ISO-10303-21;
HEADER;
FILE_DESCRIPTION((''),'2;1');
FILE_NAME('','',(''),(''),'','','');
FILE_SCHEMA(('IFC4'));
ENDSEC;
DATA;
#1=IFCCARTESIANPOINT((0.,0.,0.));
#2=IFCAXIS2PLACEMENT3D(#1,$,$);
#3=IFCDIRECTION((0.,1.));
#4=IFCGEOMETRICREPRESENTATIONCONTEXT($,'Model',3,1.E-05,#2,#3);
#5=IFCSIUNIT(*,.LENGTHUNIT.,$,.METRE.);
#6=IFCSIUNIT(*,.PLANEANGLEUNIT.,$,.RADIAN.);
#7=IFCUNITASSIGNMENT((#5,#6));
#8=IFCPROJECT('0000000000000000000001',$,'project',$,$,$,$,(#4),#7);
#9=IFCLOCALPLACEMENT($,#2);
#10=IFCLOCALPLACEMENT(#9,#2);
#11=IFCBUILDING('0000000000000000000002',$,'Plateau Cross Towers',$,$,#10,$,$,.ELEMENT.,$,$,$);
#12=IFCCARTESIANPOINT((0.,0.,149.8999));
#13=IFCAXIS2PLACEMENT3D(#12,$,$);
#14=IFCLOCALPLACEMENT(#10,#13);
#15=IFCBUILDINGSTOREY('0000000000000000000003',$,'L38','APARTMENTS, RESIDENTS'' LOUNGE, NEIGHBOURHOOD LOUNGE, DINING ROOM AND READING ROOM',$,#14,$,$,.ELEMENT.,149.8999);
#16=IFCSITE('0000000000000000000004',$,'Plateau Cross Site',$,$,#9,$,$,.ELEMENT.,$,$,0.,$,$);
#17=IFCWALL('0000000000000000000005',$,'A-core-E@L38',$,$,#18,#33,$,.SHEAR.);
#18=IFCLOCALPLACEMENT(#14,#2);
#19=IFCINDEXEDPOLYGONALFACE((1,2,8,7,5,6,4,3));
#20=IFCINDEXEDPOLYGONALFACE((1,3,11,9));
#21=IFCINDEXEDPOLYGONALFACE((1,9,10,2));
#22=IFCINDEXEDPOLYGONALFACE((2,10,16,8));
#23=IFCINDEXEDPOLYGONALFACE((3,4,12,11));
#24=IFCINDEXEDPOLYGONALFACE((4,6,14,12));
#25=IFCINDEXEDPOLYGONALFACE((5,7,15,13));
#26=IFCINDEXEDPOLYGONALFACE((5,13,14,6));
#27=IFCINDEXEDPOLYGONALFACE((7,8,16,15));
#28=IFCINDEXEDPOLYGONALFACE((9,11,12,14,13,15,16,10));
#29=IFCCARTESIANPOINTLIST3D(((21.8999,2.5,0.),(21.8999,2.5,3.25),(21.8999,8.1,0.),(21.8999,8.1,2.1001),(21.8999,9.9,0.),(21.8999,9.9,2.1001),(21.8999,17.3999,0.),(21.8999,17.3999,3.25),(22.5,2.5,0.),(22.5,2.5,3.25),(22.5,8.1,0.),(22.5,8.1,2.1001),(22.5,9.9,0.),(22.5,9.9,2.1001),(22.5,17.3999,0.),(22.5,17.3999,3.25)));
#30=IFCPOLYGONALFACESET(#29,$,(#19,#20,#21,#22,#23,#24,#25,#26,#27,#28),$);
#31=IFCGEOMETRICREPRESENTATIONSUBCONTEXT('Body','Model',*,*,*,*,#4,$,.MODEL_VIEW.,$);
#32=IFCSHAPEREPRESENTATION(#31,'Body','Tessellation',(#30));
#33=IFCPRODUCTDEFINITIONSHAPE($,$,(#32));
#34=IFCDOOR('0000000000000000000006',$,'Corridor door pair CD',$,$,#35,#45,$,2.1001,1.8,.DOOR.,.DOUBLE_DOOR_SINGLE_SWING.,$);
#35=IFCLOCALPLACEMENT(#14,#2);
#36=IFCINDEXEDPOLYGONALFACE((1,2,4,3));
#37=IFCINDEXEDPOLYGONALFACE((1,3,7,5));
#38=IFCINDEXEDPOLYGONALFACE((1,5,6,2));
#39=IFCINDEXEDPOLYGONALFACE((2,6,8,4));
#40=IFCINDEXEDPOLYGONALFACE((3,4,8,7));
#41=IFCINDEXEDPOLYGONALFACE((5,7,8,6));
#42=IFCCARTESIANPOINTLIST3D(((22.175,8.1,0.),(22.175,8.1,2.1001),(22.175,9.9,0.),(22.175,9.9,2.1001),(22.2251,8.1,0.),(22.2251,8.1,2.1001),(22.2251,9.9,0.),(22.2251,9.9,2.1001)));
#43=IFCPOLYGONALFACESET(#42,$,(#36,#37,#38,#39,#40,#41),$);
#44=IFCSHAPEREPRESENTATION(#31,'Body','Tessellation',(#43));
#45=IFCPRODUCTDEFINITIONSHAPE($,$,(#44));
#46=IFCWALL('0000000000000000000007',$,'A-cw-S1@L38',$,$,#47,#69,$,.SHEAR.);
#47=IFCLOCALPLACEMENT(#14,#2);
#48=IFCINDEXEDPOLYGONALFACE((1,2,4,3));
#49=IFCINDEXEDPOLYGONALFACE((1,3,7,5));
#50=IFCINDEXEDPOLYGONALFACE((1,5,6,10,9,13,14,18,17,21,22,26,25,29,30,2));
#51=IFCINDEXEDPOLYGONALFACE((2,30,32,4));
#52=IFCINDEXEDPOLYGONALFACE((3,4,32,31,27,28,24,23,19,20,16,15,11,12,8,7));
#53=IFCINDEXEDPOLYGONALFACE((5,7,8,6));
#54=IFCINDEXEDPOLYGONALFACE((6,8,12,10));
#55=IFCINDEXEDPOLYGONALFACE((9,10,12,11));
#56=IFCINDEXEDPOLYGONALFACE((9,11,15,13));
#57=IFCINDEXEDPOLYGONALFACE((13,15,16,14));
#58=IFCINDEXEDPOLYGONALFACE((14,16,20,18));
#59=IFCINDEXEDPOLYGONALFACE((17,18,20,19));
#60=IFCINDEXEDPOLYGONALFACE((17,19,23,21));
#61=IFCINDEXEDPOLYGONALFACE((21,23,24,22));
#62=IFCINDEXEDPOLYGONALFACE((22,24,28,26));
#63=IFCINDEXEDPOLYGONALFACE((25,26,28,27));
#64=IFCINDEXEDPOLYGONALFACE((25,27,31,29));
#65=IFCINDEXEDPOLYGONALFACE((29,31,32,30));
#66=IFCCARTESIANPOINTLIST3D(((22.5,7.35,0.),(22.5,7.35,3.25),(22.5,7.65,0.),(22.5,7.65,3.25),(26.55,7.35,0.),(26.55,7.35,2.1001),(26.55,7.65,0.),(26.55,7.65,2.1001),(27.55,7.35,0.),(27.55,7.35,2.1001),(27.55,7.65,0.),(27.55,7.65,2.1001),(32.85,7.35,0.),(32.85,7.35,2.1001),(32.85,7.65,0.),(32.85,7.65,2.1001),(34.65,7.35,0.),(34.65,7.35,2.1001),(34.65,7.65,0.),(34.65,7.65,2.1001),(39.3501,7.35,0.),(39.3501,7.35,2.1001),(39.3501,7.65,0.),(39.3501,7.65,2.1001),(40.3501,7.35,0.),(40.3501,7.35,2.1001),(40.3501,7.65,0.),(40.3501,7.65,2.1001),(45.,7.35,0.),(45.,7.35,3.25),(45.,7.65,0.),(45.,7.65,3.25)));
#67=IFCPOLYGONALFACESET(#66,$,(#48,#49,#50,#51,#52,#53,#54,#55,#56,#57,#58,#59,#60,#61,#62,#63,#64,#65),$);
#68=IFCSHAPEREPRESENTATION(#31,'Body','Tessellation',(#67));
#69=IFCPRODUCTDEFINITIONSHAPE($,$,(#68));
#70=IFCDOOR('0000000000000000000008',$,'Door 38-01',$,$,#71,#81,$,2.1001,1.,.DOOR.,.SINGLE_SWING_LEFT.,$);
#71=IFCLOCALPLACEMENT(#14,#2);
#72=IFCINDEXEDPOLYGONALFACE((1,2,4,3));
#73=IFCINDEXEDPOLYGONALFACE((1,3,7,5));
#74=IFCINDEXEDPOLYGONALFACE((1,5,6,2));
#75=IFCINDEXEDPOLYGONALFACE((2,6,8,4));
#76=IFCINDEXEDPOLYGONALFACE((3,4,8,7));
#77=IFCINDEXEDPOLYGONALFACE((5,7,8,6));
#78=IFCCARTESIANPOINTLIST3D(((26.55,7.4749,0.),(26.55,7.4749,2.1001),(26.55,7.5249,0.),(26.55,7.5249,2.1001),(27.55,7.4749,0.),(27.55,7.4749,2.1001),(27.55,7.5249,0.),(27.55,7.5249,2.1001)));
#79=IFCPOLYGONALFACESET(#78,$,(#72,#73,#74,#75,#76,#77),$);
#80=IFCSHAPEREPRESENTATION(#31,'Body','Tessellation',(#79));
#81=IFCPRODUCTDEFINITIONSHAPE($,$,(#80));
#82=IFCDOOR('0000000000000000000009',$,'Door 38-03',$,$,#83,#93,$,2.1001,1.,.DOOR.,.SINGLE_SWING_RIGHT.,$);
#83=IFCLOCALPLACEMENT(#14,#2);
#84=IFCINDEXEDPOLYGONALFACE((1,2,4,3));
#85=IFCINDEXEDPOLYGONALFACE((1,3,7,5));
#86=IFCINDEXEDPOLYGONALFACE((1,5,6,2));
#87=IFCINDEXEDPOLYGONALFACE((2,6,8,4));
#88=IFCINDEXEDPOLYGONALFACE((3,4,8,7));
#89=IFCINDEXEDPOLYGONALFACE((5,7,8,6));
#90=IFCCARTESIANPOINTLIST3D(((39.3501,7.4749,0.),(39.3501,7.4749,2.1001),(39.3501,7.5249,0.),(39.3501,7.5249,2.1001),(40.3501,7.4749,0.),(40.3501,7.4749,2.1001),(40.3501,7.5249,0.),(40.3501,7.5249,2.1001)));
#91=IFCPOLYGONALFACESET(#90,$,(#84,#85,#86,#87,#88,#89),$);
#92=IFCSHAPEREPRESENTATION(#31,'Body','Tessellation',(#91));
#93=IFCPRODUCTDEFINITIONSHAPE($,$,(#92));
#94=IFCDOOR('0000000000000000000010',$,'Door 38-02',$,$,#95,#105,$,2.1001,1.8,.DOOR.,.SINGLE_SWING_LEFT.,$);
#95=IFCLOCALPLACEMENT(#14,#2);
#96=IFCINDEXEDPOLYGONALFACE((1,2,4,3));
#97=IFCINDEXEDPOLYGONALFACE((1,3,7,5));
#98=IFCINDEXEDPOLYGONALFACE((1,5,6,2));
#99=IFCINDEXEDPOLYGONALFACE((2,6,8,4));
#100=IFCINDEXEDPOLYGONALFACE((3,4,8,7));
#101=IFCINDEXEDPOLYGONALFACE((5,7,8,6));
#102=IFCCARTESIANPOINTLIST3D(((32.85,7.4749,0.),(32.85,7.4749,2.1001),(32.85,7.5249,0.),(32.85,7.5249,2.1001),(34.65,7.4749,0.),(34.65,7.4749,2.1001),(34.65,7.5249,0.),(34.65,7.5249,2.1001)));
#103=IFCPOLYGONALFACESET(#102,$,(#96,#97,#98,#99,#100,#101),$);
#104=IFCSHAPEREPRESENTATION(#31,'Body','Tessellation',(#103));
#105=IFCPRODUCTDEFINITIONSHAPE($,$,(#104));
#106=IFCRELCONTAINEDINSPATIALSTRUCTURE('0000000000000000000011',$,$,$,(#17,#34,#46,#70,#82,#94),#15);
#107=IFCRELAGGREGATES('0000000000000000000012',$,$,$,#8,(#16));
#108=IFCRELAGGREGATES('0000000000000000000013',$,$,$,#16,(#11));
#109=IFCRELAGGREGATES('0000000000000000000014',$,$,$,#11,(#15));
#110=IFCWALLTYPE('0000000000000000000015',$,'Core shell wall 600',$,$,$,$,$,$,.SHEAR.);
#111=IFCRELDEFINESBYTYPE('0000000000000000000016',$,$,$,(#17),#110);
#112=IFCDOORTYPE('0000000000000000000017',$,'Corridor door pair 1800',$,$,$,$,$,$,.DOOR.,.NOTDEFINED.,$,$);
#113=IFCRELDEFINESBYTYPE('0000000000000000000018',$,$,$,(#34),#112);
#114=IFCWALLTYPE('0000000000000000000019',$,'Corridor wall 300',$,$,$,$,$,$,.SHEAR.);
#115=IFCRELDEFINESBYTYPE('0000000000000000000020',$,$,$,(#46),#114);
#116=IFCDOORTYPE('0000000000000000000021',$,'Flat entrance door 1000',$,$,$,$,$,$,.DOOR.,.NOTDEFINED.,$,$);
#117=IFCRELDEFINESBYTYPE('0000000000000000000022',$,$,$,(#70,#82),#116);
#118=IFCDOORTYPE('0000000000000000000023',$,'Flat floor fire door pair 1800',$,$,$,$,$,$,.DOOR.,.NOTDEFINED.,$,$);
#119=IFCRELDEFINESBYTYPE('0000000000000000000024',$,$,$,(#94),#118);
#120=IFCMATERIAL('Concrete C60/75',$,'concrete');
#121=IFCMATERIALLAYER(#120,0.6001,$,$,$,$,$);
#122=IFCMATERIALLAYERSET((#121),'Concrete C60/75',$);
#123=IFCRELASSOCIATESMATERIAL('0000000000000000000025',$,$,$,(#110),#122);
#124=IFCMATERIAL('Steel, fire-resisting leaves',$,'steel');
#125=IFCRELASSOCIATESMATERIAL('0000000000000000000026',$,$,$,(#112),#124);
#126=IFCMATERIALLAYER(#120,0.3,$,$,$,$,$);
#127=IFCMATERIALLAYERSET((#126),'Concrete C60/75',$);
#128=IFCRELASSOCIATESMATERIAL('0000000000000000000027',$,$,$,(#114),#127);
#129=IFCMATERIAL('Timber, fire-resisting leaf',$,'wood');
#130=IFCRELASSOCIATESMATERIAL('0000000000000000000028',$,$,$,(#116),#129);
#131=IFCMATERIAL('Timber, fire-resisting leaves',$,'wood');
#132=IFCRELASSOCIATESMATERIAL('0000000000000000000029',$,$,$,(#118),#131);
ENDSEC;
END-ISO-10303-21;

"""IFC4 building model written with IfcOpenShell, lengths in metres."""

from ifc_helpers import new_model, si_unit, direction, frame, frame_2d, origin, place, context, subcontext, project, spatial, rectangle, extrude, material, layer, layer_set, type_object, element, fill, save


model = new_model("IFC4")

# Units and contexts
model_context = context("Model", 3, precision=1e-05, world=origin(), true_north=direction((0.0, 1.0)))
body_context = subcontext(model_context, "Body", "Model", "MODEL_VIEW")
ifc_project = project(units=[si_unit("LENGTHUNIT", "METRE"), si_unit("PLANEANGLEUNIT", "RADIAN")], contexts=[model_context])

# Site, building, storey
site_placement = place(None, origin())
site = spatial("IfcSite", under=ifc_project, at=site_placement, Name="Plateau Cross Site", CompositionType="ELEMENT", RefElevation=0.0)
building_placement = place(site_placement, origin())
building = spatial("IfcBuilding", under=site, at=building_placement, Name="Plateau Cross Towers", CompositionType="ELEMENT")
storey_placement = place(building_placement, frame((0.0, 0.0, 149.8999)))
storey = spatial("IfcBuildingStorey", under=building, at=storey_placement, Name="L38", Description="APARTMENTS, RESIDENTS' LOUNGE, NEIGHBOURHOOD LOUNGE, DINING ROOM AND READING ROOM", CompositionType="ELEMENT", Elevation=149.8999)

# Shared definitions
ifc_material_1 = material(Name="Concrete C60/75", Category="concrete")

# Wall, opening, door
ifc_layer_1 = layer(ifc_material_1, 0.6001)
ifc_layer_set_1 = layer_set([ifc_layer_1], Name="Concrete C60/75")
wall_type_1 = type_object("IfcWallType", Name="Core shell wall 600", PredefinedType="SHEAR", material=ifc_layer_set_1)
wall_1_placement = place(storey_placement, frame((22.2, 2.5, 0.0), z_axis=(0.0, 0.0, 1.0), x_axis=(0.0, 1.0, 0.0)))
wall_1 = element("IfcWall", 1, at=wall_1_placement, inside=storey, type_object=wall_type_1, Name="A-core-E@L38", PredefinedType="SHEAR", context=body_context, shape_type="SweptSolid", body=[
    extrude(rectangle(XDim=14.8999, YDim=0.6001, at=frame_2d((7.45, 0.0))), origin(), (0.0, 0.0, 1.0), 3.25),
])
opening_1_placement = place(wall_1_placement, frame((5.6001, 0.0, 0.0)))
opening_1 = element("IfcOpeningElement", 2, at=opening_1_placement, cuts=wall_1, PredefinedType="OPENING", context=body_context, shape_type="SweptSolid", body=[
    extrude(rectangle(XDim=1.8, YDim=2.1001, at=frame_2d((0.8999, 1.05))), frame((0.0, 0.3101, 0.0), z_axis=(0.0, -1.0, 0.0), x_axis=(1.0, 0.0, 0.0)), (0.0, 0.0, 1.0), 0.6201),
])
ifc_material_2 = material(Name="Steel, fire-resisting leaves", Category="steel")
door_type_1 = type_object("IfcDoorType", Name="Corridor door pair 1800", OperationType="NOTDEFINED", PredefinedType="DOOR", material=ifc_material_2)
door_1_placement = place(opening_1_placement, origin())
door_1 = element("IfcDoor", 3, at=door_1_placement, inside=storey, type_object=door_type_1, Name="Corridor door pair CD", OperationType="DOUBLE_DOOR_SINGLE_SWING", OverallHeight=2.1001, OverallWidth=1.8, PredefinedType="DOOR", context=body_context, shape_type="SweptSolid", body=[
    extrude(rectangle(XDim=1.8, YDim=2.1001, at=frame_2d((0.8999, 1.05))), frame((0.0, 0.0249, 0.0), z_axis=(0.0, -1.0, 0.0), x_axis=(1.0, 0.0, 0.0)), (0.0, 0.0, 1.0), 0.05),
])
fill(opening_1, door_1)

# Wall, openings, doors
ifc_layer_2 = layer(ifc_material_1, 0.3)
ifc_layer_set_2 = layer_set([ifc_layer_2], Name="Concrete C60/75")
wall_type_2 = type_object("IfcWallType", Name="Corridor wall 300", PredefinedType="SHEAR", material=ifc_layer_set_2)
wall_2_placement = place(storey_placement, frame((22.5, 7.5, 0.0), z_axis=(0.0, 0.0, 1.0), x_axis=(1.0, 0.0, 0.0)))
wall_2 = element("IfcWall", 4, at=wall_2_placement, inside=storey, type_object=wall_type_2, Name="A-cw-S1@L38", PredefinedType="SHEAR", context=body_context, shape_type="SweptSolid", body=[
    extrude(rectangle(XDim=22.5, YDim=0.3, at=frame_2d((11.25, 0.0))), origin(), (0.0, 0.0, 1.0), 3.25),
])
opening_2_placement = place(wall_2_placement, frame((4.05, 0.0, 0.0)))
opening_2 = element("IfcOpeningElement", 5, at=opening_2_placement, cuts=wall_2, PredefinedType="OPENING", context=body_context, shape_type="SweptSolid", body=[
    extrude(rectangle(XDim=1.0, YDim=2.1001, at=frame_2d((0.5, 1.05))), frame((0.0, 0.1599, 0.0), z_axis=(0.0, -1.0, 0.0), x_axis=(1.0, 0.0, 0.0)), (0.0, 0.0, 1.0), 0.3201),
])
opening_3_placement = place(wall_2_placement, frame((10.3501, 0.0, 0.0)))
opening_3 = element("IfcOpeningElement", 6, at=opening_3_placement, cuts=wall_2, PredefinedType="OPENING", context=body_context, shape_type="SweptSolid", body=[
    extrude(rectangle(XDim=1.8, YDim=2.1001, at=frame_2d((0.8999, 1.05))), frame((0.0, 0.1599, 0.0), z_axis=(0.0, -1.0, 0.0), x_axis=(1.0, 0.0, 0.0)), (0.0, 0.0, 1.0), 0.3201),
])
opening_4_placement = place(wall_2_placement, frame((16.8501, 0.0, 0.0)))
opening_4 = element("IfcOpeningElement", 7, at=opening_4_placement, cuts=wall_2, PredefinedType="OPENING", context=body_context, shape_type="SweptSolid", body=[
    extrude(rectangle(XDim=1.0, YDim=2.1001, at=frame_2d((0.5, 1.05))), frame((0.0, 0.1599, 0.0), z_axis=(0.0, -1.0, 0.0), x_axis=(1.0, 0.0, 0.0)), (0.0, 0.0, 1.0), 0.3201),
])
ifc_material_3 = material(Name="Timber, fire-resisting leaf", Category="wood")
door_type_2 = type_object("IfcDoorType", Name="Flat entrance door 1000", OperationType="NOTDEFINED", PredefinedType="DOOR", material=ifc_material_3)
door_2_placement = place(opening_2_placement, origin())
door_2 = element("IfcDoor", 8, at=door_2_placement, inside=storey, type_object=door_type_2, Name="Door 38-01", OperationType="SINGLE_SWING_LEFT", OverallHeight=2.1001, OverallWidth=1.0, PredefinedType="DOOR", context=body_context, shape_type="SweptSolid", body=[
    extrude(rectangle(XDim=1.0, YDim=2.1001, at=frame_2d((0.5, 1.05))), frame((0.0, 0.0249, 0.0), z_axis=(0.0, -1.0, 0.0), x_axis=(1.0, 0.0, 0.0)), (0.0, 0.0, 1.0), 0.05),
])
fill(opening_2, door_2)
door_3_placement = place(opening_4_placement, origin())
door_3 = element("IfcDoor", 9, at=door_3_placement, inside=storey, type_object=door_type_2, Name="Door 38-03", OperationType="SINGLE_SWING_RIGHT", OverallHeight=2.1001, OverallWidth=1.0, PredefinedType="DOOR", context=body_context, shape_type="SweptSolid", body=[
    extrude(rectangle(XDim=1.0, YDim=2.1001, at=frame_2d((0.5, 1.05))), frame((0.0, 0.0249, 0.0), z_axis=(0.0, -1.0, 0.0), x_axis=(1.0, 0.0, 0.0)), (0.0, 0.0, 1.0), 0.05),
])
fill(opening_4, door_3)
ifc_material_4 = material(Name="Timber, fire-resisting leaves", Category="wood")
door_type_3 = type_object("IfcDoorType", Name="Flat floor fire door pair 1800", OperationType="NOTDEFINED", PredefinedType="DOOR", material=ifc_material_4)
door_4_placement = place(opening_3_placement, origin())
door_4 = element("IfcDoor", 10, at=door_4_placement, inside=storey, type_object=door_type_3, Name="Door 38-02", OperationType="SINGLE_SWING_LEFT", OverallHeight=2.1001, OverallWidth=1.8, PredefinedType="DOOR", context=body_context, shape_type="SweptSolid", body=[
    extrude(rectangle(XDim=1.8, YDim=2.1001, at=frame_2d((0.8999, 1.05))), frame((0.0, 0.0249, 0.0), z_axis=(0.0, -1.0, 0.0), x_axis=(1.0, 0.0, 0.0)), (0.0, 0.0, 1.0), 0.05),
])
fill(opening_3, door_4)

save(model, "model.ifc")
